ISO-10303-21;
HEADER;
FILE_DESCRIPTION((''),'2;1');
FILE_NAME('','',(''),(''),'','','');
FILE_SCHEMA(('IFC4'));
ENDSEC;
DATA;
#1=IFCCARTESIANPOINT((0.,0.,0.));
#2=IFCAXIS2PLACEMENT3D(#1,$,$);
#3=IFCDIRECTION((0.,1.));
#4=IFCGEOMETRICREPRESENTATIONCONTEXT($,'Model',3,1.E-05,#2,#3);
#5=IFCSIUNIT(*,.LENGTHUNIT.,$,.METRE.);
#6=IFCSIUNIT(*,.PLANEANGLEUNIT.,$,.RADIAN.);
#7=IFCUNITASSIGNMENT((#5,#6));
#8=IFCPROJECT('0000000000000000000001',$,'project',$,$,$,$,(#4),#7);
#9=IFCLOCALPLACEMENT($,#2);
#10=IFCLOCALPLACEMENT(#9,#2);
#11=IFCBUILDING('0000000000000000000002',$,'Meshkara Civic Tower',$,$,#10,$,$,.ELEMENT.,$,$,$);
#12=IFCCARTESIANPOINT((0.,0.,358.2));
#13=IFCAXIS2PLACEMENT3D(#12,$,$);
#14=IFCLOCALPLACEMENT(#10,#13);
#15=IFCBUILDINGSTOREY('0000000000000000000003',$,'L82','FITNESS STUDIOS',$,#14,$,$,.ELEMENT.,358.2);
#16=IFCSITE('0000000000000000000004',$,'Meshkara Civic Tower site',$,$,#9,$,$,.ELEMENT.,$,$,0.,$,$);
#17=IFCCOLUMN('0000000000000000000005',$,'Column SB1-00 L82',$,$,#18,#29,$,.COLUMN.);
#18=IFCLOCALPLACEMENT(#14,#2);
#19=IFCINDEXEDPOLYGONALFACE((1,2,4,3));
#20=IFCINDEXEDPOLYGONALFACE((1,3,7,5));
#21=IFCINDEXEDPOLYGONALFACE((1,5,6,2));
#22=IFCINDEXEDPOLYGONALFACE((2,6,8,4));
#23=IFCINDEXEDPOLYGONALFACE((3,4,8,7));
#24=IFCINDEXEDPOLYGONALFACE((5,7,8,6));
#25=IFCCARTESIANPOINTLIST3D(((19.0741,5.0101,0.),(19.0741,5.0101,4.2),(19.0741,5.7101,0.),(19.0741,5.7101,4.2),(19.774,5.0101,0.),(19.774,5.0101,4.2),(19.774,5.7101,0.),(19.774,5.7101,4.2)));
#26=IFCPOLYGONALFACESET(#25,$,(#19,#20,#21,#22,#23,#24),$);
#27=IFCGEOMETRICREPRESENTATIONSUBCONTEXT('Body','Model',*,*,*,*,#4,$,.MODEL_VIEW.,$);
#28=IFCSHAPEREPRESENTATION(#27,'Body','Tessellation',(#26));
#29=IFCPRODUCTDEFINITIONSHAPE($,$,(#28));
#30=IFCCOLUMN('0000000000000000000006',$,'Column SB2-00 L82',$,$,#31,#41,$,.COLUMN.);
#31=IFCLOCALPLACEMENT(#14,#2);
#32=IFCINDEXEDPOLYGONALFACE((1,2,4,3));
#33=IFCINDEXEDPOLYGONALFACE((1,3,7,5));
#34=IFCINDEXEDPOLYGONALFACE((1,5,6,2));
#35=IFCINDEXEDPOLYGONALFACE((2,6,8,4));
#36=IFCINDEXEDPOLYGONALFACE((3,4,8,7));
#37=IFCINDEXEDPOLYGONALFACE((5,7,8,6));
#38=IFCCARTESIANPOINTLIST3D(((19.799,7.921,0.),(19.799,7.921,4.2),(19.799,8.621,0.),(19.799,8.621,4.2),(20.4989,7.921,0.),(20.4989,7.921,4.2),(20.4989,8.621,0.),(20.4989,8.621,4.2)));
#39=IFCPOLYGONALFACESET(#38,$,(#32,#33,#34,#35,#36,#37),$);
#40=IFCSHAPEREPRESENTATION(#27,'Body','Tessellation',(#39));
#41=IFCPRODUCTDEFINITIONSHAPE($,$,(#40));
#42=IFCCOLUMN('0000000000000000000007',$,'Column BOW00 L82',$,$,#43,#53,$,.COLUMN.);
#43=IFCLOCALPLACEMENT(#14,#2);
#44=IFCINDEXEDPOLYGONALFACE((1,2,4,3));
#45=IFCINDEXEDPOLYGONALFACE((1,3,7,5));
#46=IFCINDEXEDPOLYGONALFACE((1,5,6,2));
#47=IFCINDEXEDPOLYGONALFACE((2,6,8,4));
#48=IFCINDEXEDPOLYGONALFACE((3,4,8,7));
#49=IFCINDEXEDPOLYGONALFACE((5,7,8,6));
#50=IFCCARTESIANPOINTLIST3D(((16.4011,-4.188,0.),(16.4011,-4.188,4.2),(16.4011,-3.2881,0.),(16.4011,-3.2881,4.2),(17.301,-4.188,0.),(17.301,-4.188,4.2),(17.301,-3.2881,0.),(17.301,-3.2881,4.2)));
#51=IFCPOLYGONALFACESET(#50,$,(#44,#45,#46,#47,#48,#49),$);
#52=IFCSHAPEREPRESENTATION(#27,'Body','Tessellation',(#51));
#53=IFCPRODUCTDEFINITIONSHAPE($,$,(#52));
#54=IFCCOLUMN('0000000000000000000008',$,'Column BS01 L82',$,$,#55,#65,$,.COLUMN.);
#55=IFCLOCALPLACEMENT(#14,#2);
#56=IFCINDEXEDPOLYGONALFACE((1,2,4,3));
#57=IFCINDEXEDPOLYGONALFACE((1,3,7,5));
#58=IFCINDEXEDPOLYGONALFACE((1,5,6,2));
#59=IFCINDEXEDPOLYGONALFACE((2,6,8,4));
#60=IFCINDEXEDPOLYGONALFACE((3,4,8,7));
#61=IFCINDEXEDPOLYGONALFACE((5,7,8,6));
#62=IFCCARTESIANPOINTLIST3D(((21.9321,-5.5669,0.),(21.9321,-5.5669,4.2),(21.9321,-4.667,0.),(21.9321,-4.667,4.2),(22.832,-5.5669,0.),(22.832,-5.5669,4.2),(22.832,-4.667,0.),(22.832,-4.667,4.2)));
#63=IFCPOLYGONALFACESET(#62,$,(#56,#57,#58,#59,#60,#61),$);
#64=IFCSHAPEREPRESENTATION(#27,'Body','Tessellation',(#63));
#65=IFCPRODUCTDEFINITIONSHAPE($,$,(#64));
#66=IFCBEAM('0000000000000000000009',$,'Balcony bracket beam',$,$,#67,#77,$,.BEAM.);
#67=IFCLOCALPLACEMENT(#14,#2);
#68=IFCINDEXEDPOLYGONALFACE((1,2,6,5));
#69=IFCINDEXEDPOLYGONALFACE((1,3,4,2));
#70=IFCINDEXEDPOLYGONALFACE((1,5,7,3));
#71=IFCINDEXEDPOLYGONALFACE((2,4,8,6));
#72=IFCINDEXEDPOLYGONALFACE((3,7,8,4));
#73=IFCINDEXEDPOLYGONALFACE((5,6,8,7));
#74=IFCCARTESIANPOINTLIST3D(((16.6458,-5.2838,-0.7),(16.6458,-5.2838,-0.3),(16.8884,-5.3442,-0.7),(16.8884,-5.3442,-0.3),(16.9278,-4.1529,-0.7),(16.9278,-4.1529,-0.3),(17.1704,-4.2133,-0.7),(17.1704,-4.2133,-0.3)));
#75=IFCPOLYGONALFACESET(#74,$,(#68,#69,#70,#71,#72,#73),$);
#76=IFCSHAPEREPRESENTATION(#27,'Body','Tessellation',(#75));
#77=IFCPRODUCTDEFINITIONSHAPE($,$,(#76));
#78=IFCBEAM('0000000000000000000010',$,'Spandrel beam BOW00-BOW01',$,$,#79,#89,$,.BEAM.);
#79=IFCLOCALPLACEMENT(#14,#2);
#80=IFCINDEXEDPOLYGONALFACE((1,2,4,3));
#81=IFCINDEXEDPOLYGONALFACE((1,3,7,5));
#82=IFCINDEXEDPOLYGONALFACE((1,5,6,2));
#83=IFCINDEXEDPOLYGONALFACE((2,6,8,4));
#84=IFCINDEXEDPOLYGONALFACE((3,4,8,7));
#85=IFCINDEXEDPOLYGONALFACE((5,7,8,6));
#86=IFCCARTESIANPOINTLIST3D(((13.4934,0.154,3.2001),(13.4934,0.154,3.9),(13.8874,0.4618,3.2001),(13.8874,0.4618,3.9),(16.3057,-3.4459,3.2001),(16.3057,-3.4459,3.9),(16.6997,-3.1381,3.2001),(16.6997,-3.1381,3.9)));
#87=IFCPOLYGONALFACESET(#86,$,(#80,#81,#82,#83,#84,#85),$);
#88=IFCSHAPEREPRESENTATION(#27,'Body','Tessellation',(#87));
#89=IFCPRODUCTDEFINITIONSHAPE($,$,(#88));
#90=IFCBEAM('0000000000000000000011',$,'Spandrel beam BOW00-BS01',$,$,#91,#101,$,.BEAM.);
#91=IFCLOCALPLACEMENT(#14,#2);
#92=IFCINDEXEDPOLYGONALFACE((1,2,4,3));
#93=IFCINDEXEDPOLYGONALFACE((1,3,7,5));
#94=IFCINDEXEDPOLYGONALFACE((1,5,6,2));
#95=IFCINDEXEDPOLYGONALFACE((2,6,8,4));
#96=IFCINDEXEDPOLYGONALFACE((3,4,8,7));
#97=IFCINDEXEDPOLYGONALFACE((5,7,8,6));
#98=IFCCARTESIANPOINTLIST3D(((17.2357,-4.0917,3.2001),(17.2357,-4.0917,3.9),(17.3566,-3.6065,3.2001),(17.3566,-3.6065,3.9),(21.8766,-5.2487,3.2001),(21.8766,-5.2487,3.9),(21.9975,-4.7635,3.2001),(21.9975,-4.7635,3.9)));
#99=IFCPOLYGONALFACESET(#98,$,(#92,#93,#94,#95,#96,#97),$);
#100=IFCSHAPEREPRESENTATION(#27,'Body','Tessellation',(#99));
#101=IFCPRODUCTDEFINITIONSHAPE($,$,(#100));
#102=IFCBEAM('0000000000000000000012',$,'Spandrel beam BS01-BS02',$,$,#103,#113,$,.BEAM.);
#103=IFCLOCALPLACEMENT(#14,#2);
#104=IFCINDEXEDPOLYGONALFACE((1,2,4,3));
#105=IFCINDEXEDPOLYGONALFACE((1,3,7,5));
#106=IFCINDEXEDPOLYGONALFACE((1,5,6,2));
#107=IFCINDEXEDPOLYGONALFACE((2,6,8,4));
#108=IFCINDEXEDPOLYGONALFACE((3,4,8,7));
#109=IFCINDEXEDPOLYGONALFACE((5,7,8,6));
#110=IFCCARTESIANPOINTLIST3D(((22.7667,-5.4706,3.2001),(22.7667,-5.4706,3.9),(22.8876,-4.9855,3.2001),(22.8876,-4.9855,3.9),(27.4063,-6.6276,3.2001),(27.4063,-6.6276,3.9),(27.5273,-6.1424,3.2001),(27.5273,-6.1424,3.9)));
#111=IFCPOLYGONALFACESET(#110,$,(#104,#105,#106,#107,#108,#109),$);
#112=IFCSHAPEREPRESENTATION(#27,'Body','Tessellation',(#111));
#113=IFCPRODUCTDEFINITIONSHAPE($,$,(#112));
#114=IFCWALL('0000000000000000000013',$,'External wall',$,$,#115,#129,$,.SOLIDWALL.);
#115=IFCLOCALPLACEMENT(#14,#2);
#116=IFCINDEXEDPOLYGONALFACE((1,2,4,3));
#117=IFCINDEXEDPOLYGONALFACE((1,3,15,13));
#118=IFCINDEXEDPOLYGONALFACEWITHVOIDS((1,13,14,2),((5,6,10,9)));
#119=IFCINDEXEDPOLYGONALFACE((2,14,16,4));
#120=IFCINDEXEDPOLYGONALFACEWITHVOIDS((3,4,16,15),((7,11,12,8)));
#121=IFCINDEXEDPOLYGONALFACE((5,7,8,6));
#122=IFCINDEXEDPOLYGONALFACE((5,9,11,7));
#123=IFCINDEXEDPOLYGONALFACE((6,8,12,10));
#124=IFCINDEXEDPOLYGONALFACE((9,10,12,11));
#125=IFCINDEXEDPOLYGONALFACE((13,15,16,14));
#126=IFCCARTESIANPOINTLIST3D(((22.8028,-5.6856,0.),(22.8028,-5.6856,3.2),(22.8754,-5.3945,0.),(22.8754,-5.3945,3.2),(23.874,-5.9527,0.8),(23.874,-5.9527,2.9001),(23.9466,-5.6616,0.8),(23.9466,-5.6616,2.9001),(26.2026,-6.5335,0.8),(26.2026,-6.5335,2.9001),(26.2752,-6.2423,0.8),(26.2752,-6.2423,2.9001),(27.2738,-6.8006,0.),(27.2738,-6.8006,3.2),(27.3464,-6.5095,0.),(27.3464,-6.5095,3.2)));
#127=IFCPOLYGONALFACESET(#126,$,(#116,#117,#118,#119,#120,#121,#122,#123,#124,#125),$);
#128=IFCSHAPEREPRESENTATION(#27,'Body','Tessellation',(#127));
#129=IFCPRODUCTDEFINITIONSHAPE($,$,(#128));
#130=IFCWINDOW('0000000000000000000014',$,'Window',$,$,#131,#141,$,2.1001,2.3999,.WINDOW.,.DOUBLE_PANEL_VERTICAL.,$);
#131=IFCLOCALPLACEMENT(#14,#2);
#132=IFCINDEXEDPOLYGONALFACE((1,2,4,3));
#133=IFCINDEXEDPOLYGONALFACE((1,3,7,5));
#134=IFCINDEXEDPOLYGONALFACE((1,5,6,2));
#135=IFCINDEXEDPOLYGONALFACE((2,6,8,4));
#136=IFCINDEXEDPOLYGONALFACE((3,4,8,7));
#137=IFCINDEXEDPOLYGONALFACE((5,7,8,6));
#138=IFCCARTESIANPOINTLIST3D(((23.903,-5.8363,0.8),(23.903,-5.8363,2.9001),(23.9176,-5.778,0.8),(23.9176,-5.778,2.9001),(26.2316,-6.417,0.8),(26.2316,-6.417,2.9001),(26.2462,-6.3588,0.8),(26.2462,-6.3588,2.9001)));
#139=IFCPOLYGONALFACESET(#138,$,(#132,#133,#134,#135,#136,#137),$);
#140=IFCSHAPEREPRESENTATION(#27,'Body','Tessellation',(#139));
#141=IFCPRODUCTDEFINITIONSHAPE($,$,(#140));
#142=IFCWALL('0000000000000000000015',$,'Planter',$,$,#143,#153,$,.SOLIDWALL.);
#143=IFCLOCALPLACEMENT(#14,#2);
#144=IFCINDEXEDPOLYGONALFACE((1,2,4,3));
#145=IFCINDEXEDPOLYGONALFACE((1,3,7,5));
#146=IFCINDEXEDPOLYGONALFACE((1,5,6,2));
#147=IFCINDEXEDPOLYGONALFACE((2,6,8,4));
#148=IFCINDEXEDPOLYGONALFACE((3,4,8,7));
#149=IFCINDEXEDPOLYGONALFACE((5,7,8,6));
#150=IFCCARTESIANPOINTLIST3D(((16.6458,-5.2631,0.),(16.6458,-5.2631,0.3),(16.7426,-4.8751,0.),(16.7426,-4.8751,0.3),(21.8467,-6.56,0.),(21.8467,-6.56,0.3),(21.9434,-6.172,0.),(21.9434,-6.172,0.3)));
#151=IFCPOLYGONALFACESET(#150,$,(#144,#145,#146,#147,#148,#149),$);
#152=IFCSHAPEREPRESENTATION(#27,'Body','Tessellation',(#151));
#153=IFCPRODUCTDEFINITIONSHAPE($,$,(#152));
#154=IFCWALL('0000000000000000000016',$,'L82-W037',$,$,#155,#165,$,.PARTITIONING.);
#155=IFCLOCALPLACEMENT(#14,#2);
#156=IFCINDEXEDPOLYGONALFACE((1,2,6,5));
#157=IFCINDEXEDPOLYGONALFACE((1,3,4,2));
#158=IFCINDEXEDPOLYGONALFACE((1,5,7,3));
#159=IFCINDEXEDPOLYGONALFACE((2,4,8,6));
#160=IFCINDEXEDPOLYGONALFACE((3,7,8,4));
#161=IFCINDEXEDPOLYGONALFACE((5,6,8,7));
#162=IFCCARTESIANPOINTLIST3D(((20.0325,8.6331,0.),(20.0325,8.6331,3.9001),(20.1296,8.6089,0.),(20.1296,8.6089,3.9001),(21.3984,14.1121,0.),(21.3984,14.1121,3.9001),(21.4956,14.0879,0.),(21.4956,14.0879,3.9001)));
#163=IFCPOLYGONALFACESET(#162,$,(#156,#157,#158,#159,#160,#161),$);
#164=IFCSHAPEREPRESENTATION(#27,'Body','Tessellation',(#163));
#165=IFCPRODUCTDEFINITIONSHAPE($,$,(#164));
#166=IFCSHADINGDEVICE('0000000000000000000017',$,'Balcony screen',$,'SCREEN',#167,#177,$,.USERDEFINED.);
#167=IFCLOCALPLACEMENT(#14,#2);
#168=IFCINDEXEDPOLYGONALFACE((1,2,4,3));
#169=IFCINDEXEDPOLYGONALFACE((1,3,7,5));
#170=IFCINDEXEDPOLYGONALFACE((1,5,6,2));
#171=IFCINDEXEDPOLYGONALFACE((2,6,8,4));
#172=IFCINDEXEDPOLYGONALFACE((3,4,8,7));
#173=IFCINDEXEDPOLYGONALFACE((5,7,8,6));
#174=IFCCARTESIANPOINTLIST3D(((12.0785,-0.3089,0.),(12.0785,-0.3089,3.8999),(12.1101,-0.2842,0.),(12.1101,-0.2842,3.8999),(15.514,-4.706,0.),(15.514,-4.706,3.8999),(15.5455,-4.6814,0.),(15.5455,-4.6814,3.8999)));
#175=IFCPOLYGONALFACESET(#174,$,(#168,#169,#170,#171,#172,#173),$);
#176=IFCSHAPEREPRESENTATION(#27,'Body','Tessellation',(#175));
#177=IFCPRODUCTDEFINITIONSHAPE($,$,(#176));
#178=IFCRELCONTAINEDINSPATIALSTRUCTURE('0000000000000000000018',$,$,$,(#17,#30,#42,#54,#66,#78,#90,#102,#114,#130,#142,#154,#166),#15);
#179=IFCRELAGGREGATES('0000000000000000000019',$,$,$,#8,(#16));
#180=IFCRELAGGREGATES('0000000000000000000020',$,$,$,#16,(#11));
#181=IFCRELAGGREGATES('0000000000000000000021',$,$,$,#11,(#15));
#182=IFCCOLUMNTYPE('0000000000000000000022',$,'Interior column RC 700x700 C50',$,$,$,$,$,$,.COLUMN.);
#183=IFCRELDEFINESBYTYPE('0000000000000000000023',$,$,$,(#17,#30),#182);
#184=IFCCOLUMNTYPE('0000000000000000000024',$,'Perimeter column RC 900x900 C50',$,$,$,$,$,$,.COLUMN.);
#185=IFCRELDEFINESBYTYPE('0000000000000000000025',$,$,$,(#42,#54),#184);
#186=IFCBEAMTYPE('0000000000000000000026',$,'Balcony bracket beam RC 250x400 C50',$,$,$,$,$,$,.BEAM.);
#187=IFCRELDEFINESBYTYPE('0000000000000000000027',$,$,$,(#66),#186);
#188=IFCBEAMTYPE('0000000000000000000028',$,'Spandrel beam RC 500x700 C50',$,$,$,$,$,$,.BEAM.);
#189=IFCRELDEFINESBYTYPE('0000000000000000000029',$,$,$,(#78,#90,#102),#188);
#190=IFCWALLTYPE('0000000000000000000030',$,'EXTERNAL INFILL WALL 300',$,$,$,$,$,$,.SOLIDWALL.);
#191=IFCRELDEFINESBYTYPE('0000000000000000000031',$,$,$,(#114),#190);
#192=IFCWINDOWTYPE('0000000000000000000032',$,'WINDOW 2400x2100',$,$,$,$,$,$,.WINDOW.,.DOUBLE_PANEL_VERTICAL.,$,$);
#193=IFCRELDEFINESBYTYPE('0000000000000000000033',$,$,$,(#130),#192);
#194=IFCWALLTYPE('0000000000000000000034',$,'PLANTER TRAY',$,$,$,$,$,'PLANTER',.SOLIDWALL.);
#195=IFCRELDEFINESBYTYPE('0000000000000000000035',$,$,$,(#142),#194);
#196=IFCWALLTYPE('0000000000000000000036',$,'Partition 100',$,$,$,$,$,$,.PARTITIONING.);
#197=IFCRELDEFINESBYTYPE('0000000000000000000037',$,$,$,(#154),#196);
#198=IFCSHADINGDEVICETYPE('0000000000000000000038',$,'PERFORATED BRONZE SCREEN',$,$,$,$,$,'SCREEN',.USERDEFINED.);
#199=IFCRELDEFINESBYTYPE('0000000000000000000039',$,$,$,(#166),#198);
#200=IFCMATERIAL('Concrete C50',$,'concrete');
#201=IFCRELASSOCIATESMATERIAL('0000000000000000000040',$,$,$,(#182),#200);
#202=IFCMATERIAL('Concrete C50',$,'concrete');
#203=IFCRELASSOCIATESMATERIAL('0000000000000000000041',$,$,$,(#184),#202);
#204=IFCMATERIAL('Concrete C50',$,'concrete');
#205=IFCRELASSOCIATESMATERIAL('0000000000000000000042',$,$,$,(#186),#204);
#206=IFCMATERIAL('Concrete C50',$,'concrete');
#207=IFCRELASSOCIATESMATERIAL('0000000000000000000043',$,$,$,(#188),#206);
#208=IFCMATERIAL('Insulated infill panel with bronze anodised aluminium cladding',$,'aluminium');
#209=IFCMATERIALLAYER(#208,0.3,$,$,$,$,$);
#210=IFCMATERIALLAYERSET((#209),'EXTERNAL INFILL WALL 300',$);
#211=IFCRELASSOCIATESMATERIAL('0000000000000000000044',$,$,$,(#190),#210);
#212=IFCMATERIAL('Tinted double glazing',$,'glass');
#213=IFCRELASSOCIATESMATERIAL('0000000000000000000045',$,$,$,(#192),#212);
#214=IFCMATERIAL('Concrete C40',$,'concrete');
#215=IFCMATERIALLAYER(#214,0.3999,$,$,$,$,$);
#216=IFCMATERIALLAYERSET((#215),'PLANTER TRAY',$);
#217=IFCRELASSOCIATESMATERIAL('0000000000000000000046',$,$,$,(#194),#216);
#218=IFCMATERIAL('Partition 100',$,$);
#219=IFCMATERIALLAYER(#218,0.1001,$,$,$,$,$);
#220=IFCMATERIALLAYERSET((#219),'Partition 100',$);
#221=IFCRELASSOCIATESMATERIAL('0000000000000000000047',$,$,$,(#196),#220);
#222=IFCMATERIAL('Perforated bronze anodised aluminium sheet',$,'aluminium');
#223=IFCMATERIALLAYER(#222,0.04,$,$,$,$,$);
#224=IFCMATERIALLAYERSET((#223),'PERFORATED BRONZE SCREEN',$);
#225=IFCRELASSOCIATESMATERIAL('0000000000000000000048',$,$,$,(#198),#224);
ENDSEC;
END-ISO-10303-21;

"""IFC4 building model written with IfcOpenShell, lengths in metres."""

from ifc_helpers import new_model, si_unit, direction, frame, frame_2d, origin, origin_2d, place, context, subcontext, project, spatial, rectangle, extrude, material, layer, layer_set, material_profile, profile_set, type_object, element, fill, save


model = new_model("IFC4")

# Units and contexts
model_context = context("Model", 3, precision=1e-05, world=origin(), true_north=direction((0.0, 1.0)))
body_context = subcontext(model_context, "Body", "Model", "MODEL_VIEW")
ifc_project = project(units=[si_unit("LENGTHUNIT", "METRE"), si_unit("PLANEANGLEUNIT", "RADIAN")], contexts=[model_context])

# Site, building, storey
site_placement = place(None, origin())
site = spatial("IfcSite", under=ifc_project, at=site_placement, Name="Meshkara Civic Tower site", CompositionType="ELEMENT", RefElevation=0.0)
building_placement = place(site_placement, origin())
building = spatial("IfcBuilding", under=site, at=building_placement, Name="Meshkara Civic Tower", CompositionType="ELEMENT")
storey_placement = place(building_placement, frame((0.0, 0.0, 358.2)))
storey = spatial("IfcBuildingStorey", under=building, at=storey_placement, Name="L82", Description="FITNESS STUDIOS", CompositionType="ELEMENT", Elevation=358.2)

# Columns
ifc_material_1 = material(Name="Concrete C50", Category="concrete")
ifc_material_profile_1 = material_profile(ifc_material_1, rectangle(XDim=0.7, YDim=0.7, at=origin_2d()))
ifc_profile_set_1 = profile_set([ifc_material_profile_1], Name="Concrete C50")
column_type_1 = type_object("IfcColumnType", Name="Interior column RC 700x700 C50", PredefinedType="COLUMN", material=ifc_profile_set_1)
for number, where, z_axis, x_axis, name in (
    (1, (19.4241, 5.3601, 0.0), (0.0, 0.0, 1.0), (1.0, 0.0, 0.0), "Column SB1-00 L82"),
    (2, (20.1489, 8.271, 0.0), (0.0, 0.0, 1.0), (1.0, 0.0, 0.0), "Column SB2-00 L82"),
):
    element("IfcColumn", number, at=place(storey_placement, frame(where, z_axis=z_axis, x_axis=x_axis)), inside=storey, type_object=column_type_1, Name=name, PredefinedType="COLUMN", context=body_context, shape_type="SweptSolid", body=[
        extrude(rectangle(XDim=0.7, YDim=0.7, at=origin_2d()), origin(), (0.0, 0.0, 1.0), 4.2),
    ])
ifc_material_2 = material(Name="Concrete C50", Category="concrete")
ifc_material_profile_2 = material_profile(ifc_material_2, rectangle(XDim=0.8999, YDim=0.8999, at=origin_2d()))
ifc_profile_set_2 = profile_set([ifc_material_profile_2], Name="Concrete C50")
column_type_2 = type_object("IfcColumnType", Name="Perimeter column RC 900x900 C50", PredefinedType="COLUMN", material=ifc_profile_set_2)
for number, where, z_axis, x_axis, name in (
    (3, (16.8511, -3.738, 0.0), (0.0, 0.0, 1.0), (1.0, 0.0, 0.0), "Column BOW00 L82"),
    (4, (22.3821, -5.1169, 0.0), (0.0, 0.0, 1.0), (1.0, 0.0, 0.0), "Column BS01 L82"),
):
    element("IfcColumn", number, at=place(storey_placement, frame(where, z_axis=z_axis, x_axis=x_axis)), inside=storey, type_object=column_type_2, Name=name, PredefinedType="COLUMN", context=body_context, shape_type="SweptSolid", body=[
        extrude(rectangle(XDim=0.8999, YDim=0.8999, at=origin_2d()), origin(), (0.0, 0.0, 1.0), 4.2),
    ])

# Beams
ifc_material_3 = material(Name="Concrete C50", Category="concrete")
ifc_material_profile_3 = material_profile(ifc_material_3, rectangle(XDim=0.25, YDim=0.3999, at=origin_2d()))
ifc_profile_set_3 = profile_set([ifc_material_profile_3], Name="Concrete C50")
beam_type_1 = type_object("IfcBeamType", Name="Balcony bracket beam RC 250x400 C50", PredefinedType="BEAM", material=ifc_profile_set_3)
beam_1_placement = place(storey_placement, frame((17.0491, -4.1831, -0.5), z_axis=(-0.241944, -0.97029, 0.0), x_axis=(0.97029, -0.241944, 0.0)))
element("IfcBeam", 5, at=beam_1_placement, inside=storey, type_object=beam_type_1, Name="Balcony bracket beam", PredefinedType="BEAM", context=body_context, shape_type="SweptSolid", body=[
    extrude(rectangle(XDim=0.25, YDim=0.3999, at=origin_2d()), origin(), (0.0, 0.0, 1.0), 1.1655),
])
ifc_material_4 = material(Name="Concrete C50", Category="concrete")
ifc_material_profile_4 = material_profile(ifc_material_4, rectangle(XDim=0.5, YDim=0.7, at=origin_2d()))
ifc_profile_set_4 = profile_set([ifc_material_profile_4], Name="Concrete C50")
beam_type_2 = type_object("IfcBeamType", Name="Spandrel beam RC 500x700 C50", PredefinedType="BEAM", material=ifc_profile_set_4)
beam_2_placement = place(storey_placement, frame((13.6904, 0.3079, 3.55), z_axis=(0.615626, -0.788038, 0.0), x_axis=(0.788038, 0.615626, 0.0)))
element("IfcBeam", 6, at=beam_2_placement, inside=storey, type_object=beam_type_2, Name="Spandrel beam BOW00-BOW01", PredefinedType="BEAM", context=body_context, shape_type="SweptSolid", body=[
    extrude(rectangle(XDim=0.5, YDim=0.7, at=origin_2d()), origin(), (0.0, 0.0, 1.0), 4.5681),
])
beam_3_placement = place(storey_placement, frame((17.2961, -3.8491, 3.55), z_axis=(0.970301, -0.241899, 0.0), x_axis=(0.241899, 0.970301, 0.0)))
element("IfcBeam", 7, at=beam_3_placement, inside=storey, type_object=beam_type_2, Name="Spandrel beam BOW00-BS01", PredefinedType="BEAM", context=body_context, shape_type="SweptSolid", body=[
    extrude(rectangle(XDim=0.5, YDim=0.7, at=origin_2d()), origin(), (0.0, 0.0, 1.0), 4.783),
])
beam_4_placement = place(storey_placement, frame((22.8271, -5.228, 3.55), z_axis=(0.970286, -0.241959, 0.0), x_axis=(0.241959, 0.970286, 0.0)))
element("IfcBeam", 8, at=beam_4_placement, inside=storey, type_object=beam_type_2, Name="Spandrel beam BS01-BS02", PredefinedType="BEAM", context=body_context, shape_type="SweptSolid", body=[
    extrude(rectangle(XDim=0.5, YDim=0.7, at=origin_2d()), origin(), (0.0, 0.0, 1.0), 4.7817),
])

# Wall, opening, window
ifc_material_5 = material(Name="Insulated infill panel with bronze anodised aluminium cladding", Category="aluminium")
ifc_layer_1 = layer(ifc_material_5, 0.3)
ifc_layer_set_1 = layer_set([ifc_layer_1], Name="EXTERNAL INFILL WALL 300")
wall_type_1 = type_object("IfcWallType", Name="EXTERNAL INFILL WALL 300", PredefinedType="SOLIDWALL", material=ifc_layer_set_1)
wall_1_placement = place(storey_placement, frame((22.8391, -5.54, 0.0), z_axis=(0.0, 0.0, 1.0), x_axis=(0.970283, -0.241975, 0.0)))
wall_1 = element("IfcWall", 9, at=wall_1_placement, inside=storey, type_object=wall_type_1, Name="External wall", PredefinedType="SOLIDWALL", context=body_context, shape_type="SweptSolid", body=[
    extrude(rectangle(XDim=4.6079, YDim=0.3, at=frame_2d((2.304, 0.0))), origin(), (0.0, 0.0, 1.0), 3.2),
])
opening_1_placement = place(wall_1_placement, frame((1.104, 0.0, 0.8)))
opening_1 = element("IfcOpeningElement", 10, at=opening_1_placement, cuts=wall_1, PredefinedType="OPENING", context=body_context, shape_type="SweptSolid", body=[
    extrude(rectangle(XDim=2.3999, YDim=2.1001, at=frame_2d((1.2, 1.05))), frame((0.0, 0.1599, 0.0), z_axis=(0.0, -1.0, 0.0), x_axis=(1.0, 0.0, 0.0)), (0.0, 0.0, 1.0), 0.3201),
])
ifc_material_6 = material(Name="Tinted double glazing", Category="glass")
window_type = type_object("IfcWindowType", Name="WINDOW 2400x2100", PartitioningType="DOUBLE_PANEL_VERTICAL", PredefinedType="WINDOW", material=ifc_material_6)
window_placement = place(opening_1_placement, origin())
window = element("IfcWindow", 11, at=window_placement, inside=storey, type_object=window_type, Name="Window", OverallHeight=2.1001, OverallWidth=2.3999, PartitioningType="DOUBLE_PANEL_VERTICAL", PredefinedType="WINDOW", context=body_context, shape_type="SweptSolid", body=[
    extrude(rectangle(XDim=2.3999, YDim=2.1001, at=frame_2d((1.2, 1.05))), frame((0.0, 0.03, 0.0), z_axis=(0.0, -1.0, 0.0), x_axis=(1.0, 0.0, 0.0)), (0.0, 0.0, 1.0), 0.0601),
])
fill(opening_1, window)

# Walls
ifc_material_7 = material(Name="Concrete C40", Category="concrete")
ifc_layer_2 = layer(ifc_material_7, 0.3999)
ifc_layer_set_2 = layer_set([ifc_layer_2], Name="PLANTER TRAY")
wall_type_2 = type_object("IfcWallType", Name="PLANTER TRAY", ElementType="PLANTER", PredefinedType="SOLIDWALL", material=ifc_layer_set_2)
wall_2_placement = place(storey_placement, frame((16.6941, -5.0691, 0.0), z_axis=(0.0, 0.0, 1.0), x_axis=(0.97029, -0.241946, 0.0)))
element("IfcWall", 12, at=wall_2_placement, inside=storey, type_object=wall_type_2, Name="Planter", PredefinedType="SOLIDWALL", context=body_context, shape_type="SweptSolid", body=[
    extrude(rectangle(XDim=5.3601, YDim=0.3999, at=frame_2d((2.6802, 0.0))), origin(), (0.0, 0.0, 1.0), 0.3),
])
ifc_material_8 = material(Name="Partition 100")
ifc_layer_3 = layer(ifc_material_8, 0.1001)
ifc_layer_set_3 = layer_set([ifc_layer_3], Name="Partition 100")
wall_type_3 = type_object("IfcWallType", Name="Partition 100", PredefinedType="PARTITIONING", material=ifc_layer_set_3)
wall_3_placement = place(storey_placement, frame((20.0811, 8.6211, 0.0), z_axis=(0.0, 0.0, 1.0), x_axis=(0.241905, 0.9703, 0.0)))
element("IfcWall", 13, at=wall_3_placement, inside=storey, type_object=wall_type_3, Name="L82-W037", PredefinedType="PARTITIONING", context=body_context, shape_type="SweptSolid", body=[
    extrude(rectangle(XDim=5.6467, YDim=0.1001, at=frame_2d((2.8232, 0.0))), origin(), (0.0, 0.0, 1.0), 3.9001),
])

# Shading device
ifc_material_9 = material(Name="Perforated bronze anodised aluminium sheet", Category="aluminium")
ifc_layer_4 = layer(ifc_material_9, 0.04)
ifc_layer_set_4 = layer_set([ifc_layer_4], Name="PERFORATED BRONZE SCREEN")
shading_device_type = type_object("IfcShadingDeviceType", Name="PERFORATED BRONZE SCREEN", ElementType="SCREEN", PredefinedType="USERDEFINED", material=ifc_layer_set_4)
for number, where, z_axis, x_axis, name in (
    (14, (13.812, -2.4951, 0.0), (0.0, 0.0, 1.0), (0.615661, -0.788011, 0.0), "Balcony screen"),
):
    element("IfcShadingDevice", number, at=place(storey_placement, frame(where, z_axis=z_axis, x_axis=x_axis)), inside=storey, type_object=shading_device_type, Name=name, ObjectType="SCREEN", PredefinedType="USERDEFINED", context=body_context, shape_type="SweptSolid", body=[
        extrude(rectangle(XDim=5.5801, YDim=0.04, at=origin_2d()), origin(), (0.0, 0.0, 1.0), 3.8999),
    ])

save(model, "model.ifc")
